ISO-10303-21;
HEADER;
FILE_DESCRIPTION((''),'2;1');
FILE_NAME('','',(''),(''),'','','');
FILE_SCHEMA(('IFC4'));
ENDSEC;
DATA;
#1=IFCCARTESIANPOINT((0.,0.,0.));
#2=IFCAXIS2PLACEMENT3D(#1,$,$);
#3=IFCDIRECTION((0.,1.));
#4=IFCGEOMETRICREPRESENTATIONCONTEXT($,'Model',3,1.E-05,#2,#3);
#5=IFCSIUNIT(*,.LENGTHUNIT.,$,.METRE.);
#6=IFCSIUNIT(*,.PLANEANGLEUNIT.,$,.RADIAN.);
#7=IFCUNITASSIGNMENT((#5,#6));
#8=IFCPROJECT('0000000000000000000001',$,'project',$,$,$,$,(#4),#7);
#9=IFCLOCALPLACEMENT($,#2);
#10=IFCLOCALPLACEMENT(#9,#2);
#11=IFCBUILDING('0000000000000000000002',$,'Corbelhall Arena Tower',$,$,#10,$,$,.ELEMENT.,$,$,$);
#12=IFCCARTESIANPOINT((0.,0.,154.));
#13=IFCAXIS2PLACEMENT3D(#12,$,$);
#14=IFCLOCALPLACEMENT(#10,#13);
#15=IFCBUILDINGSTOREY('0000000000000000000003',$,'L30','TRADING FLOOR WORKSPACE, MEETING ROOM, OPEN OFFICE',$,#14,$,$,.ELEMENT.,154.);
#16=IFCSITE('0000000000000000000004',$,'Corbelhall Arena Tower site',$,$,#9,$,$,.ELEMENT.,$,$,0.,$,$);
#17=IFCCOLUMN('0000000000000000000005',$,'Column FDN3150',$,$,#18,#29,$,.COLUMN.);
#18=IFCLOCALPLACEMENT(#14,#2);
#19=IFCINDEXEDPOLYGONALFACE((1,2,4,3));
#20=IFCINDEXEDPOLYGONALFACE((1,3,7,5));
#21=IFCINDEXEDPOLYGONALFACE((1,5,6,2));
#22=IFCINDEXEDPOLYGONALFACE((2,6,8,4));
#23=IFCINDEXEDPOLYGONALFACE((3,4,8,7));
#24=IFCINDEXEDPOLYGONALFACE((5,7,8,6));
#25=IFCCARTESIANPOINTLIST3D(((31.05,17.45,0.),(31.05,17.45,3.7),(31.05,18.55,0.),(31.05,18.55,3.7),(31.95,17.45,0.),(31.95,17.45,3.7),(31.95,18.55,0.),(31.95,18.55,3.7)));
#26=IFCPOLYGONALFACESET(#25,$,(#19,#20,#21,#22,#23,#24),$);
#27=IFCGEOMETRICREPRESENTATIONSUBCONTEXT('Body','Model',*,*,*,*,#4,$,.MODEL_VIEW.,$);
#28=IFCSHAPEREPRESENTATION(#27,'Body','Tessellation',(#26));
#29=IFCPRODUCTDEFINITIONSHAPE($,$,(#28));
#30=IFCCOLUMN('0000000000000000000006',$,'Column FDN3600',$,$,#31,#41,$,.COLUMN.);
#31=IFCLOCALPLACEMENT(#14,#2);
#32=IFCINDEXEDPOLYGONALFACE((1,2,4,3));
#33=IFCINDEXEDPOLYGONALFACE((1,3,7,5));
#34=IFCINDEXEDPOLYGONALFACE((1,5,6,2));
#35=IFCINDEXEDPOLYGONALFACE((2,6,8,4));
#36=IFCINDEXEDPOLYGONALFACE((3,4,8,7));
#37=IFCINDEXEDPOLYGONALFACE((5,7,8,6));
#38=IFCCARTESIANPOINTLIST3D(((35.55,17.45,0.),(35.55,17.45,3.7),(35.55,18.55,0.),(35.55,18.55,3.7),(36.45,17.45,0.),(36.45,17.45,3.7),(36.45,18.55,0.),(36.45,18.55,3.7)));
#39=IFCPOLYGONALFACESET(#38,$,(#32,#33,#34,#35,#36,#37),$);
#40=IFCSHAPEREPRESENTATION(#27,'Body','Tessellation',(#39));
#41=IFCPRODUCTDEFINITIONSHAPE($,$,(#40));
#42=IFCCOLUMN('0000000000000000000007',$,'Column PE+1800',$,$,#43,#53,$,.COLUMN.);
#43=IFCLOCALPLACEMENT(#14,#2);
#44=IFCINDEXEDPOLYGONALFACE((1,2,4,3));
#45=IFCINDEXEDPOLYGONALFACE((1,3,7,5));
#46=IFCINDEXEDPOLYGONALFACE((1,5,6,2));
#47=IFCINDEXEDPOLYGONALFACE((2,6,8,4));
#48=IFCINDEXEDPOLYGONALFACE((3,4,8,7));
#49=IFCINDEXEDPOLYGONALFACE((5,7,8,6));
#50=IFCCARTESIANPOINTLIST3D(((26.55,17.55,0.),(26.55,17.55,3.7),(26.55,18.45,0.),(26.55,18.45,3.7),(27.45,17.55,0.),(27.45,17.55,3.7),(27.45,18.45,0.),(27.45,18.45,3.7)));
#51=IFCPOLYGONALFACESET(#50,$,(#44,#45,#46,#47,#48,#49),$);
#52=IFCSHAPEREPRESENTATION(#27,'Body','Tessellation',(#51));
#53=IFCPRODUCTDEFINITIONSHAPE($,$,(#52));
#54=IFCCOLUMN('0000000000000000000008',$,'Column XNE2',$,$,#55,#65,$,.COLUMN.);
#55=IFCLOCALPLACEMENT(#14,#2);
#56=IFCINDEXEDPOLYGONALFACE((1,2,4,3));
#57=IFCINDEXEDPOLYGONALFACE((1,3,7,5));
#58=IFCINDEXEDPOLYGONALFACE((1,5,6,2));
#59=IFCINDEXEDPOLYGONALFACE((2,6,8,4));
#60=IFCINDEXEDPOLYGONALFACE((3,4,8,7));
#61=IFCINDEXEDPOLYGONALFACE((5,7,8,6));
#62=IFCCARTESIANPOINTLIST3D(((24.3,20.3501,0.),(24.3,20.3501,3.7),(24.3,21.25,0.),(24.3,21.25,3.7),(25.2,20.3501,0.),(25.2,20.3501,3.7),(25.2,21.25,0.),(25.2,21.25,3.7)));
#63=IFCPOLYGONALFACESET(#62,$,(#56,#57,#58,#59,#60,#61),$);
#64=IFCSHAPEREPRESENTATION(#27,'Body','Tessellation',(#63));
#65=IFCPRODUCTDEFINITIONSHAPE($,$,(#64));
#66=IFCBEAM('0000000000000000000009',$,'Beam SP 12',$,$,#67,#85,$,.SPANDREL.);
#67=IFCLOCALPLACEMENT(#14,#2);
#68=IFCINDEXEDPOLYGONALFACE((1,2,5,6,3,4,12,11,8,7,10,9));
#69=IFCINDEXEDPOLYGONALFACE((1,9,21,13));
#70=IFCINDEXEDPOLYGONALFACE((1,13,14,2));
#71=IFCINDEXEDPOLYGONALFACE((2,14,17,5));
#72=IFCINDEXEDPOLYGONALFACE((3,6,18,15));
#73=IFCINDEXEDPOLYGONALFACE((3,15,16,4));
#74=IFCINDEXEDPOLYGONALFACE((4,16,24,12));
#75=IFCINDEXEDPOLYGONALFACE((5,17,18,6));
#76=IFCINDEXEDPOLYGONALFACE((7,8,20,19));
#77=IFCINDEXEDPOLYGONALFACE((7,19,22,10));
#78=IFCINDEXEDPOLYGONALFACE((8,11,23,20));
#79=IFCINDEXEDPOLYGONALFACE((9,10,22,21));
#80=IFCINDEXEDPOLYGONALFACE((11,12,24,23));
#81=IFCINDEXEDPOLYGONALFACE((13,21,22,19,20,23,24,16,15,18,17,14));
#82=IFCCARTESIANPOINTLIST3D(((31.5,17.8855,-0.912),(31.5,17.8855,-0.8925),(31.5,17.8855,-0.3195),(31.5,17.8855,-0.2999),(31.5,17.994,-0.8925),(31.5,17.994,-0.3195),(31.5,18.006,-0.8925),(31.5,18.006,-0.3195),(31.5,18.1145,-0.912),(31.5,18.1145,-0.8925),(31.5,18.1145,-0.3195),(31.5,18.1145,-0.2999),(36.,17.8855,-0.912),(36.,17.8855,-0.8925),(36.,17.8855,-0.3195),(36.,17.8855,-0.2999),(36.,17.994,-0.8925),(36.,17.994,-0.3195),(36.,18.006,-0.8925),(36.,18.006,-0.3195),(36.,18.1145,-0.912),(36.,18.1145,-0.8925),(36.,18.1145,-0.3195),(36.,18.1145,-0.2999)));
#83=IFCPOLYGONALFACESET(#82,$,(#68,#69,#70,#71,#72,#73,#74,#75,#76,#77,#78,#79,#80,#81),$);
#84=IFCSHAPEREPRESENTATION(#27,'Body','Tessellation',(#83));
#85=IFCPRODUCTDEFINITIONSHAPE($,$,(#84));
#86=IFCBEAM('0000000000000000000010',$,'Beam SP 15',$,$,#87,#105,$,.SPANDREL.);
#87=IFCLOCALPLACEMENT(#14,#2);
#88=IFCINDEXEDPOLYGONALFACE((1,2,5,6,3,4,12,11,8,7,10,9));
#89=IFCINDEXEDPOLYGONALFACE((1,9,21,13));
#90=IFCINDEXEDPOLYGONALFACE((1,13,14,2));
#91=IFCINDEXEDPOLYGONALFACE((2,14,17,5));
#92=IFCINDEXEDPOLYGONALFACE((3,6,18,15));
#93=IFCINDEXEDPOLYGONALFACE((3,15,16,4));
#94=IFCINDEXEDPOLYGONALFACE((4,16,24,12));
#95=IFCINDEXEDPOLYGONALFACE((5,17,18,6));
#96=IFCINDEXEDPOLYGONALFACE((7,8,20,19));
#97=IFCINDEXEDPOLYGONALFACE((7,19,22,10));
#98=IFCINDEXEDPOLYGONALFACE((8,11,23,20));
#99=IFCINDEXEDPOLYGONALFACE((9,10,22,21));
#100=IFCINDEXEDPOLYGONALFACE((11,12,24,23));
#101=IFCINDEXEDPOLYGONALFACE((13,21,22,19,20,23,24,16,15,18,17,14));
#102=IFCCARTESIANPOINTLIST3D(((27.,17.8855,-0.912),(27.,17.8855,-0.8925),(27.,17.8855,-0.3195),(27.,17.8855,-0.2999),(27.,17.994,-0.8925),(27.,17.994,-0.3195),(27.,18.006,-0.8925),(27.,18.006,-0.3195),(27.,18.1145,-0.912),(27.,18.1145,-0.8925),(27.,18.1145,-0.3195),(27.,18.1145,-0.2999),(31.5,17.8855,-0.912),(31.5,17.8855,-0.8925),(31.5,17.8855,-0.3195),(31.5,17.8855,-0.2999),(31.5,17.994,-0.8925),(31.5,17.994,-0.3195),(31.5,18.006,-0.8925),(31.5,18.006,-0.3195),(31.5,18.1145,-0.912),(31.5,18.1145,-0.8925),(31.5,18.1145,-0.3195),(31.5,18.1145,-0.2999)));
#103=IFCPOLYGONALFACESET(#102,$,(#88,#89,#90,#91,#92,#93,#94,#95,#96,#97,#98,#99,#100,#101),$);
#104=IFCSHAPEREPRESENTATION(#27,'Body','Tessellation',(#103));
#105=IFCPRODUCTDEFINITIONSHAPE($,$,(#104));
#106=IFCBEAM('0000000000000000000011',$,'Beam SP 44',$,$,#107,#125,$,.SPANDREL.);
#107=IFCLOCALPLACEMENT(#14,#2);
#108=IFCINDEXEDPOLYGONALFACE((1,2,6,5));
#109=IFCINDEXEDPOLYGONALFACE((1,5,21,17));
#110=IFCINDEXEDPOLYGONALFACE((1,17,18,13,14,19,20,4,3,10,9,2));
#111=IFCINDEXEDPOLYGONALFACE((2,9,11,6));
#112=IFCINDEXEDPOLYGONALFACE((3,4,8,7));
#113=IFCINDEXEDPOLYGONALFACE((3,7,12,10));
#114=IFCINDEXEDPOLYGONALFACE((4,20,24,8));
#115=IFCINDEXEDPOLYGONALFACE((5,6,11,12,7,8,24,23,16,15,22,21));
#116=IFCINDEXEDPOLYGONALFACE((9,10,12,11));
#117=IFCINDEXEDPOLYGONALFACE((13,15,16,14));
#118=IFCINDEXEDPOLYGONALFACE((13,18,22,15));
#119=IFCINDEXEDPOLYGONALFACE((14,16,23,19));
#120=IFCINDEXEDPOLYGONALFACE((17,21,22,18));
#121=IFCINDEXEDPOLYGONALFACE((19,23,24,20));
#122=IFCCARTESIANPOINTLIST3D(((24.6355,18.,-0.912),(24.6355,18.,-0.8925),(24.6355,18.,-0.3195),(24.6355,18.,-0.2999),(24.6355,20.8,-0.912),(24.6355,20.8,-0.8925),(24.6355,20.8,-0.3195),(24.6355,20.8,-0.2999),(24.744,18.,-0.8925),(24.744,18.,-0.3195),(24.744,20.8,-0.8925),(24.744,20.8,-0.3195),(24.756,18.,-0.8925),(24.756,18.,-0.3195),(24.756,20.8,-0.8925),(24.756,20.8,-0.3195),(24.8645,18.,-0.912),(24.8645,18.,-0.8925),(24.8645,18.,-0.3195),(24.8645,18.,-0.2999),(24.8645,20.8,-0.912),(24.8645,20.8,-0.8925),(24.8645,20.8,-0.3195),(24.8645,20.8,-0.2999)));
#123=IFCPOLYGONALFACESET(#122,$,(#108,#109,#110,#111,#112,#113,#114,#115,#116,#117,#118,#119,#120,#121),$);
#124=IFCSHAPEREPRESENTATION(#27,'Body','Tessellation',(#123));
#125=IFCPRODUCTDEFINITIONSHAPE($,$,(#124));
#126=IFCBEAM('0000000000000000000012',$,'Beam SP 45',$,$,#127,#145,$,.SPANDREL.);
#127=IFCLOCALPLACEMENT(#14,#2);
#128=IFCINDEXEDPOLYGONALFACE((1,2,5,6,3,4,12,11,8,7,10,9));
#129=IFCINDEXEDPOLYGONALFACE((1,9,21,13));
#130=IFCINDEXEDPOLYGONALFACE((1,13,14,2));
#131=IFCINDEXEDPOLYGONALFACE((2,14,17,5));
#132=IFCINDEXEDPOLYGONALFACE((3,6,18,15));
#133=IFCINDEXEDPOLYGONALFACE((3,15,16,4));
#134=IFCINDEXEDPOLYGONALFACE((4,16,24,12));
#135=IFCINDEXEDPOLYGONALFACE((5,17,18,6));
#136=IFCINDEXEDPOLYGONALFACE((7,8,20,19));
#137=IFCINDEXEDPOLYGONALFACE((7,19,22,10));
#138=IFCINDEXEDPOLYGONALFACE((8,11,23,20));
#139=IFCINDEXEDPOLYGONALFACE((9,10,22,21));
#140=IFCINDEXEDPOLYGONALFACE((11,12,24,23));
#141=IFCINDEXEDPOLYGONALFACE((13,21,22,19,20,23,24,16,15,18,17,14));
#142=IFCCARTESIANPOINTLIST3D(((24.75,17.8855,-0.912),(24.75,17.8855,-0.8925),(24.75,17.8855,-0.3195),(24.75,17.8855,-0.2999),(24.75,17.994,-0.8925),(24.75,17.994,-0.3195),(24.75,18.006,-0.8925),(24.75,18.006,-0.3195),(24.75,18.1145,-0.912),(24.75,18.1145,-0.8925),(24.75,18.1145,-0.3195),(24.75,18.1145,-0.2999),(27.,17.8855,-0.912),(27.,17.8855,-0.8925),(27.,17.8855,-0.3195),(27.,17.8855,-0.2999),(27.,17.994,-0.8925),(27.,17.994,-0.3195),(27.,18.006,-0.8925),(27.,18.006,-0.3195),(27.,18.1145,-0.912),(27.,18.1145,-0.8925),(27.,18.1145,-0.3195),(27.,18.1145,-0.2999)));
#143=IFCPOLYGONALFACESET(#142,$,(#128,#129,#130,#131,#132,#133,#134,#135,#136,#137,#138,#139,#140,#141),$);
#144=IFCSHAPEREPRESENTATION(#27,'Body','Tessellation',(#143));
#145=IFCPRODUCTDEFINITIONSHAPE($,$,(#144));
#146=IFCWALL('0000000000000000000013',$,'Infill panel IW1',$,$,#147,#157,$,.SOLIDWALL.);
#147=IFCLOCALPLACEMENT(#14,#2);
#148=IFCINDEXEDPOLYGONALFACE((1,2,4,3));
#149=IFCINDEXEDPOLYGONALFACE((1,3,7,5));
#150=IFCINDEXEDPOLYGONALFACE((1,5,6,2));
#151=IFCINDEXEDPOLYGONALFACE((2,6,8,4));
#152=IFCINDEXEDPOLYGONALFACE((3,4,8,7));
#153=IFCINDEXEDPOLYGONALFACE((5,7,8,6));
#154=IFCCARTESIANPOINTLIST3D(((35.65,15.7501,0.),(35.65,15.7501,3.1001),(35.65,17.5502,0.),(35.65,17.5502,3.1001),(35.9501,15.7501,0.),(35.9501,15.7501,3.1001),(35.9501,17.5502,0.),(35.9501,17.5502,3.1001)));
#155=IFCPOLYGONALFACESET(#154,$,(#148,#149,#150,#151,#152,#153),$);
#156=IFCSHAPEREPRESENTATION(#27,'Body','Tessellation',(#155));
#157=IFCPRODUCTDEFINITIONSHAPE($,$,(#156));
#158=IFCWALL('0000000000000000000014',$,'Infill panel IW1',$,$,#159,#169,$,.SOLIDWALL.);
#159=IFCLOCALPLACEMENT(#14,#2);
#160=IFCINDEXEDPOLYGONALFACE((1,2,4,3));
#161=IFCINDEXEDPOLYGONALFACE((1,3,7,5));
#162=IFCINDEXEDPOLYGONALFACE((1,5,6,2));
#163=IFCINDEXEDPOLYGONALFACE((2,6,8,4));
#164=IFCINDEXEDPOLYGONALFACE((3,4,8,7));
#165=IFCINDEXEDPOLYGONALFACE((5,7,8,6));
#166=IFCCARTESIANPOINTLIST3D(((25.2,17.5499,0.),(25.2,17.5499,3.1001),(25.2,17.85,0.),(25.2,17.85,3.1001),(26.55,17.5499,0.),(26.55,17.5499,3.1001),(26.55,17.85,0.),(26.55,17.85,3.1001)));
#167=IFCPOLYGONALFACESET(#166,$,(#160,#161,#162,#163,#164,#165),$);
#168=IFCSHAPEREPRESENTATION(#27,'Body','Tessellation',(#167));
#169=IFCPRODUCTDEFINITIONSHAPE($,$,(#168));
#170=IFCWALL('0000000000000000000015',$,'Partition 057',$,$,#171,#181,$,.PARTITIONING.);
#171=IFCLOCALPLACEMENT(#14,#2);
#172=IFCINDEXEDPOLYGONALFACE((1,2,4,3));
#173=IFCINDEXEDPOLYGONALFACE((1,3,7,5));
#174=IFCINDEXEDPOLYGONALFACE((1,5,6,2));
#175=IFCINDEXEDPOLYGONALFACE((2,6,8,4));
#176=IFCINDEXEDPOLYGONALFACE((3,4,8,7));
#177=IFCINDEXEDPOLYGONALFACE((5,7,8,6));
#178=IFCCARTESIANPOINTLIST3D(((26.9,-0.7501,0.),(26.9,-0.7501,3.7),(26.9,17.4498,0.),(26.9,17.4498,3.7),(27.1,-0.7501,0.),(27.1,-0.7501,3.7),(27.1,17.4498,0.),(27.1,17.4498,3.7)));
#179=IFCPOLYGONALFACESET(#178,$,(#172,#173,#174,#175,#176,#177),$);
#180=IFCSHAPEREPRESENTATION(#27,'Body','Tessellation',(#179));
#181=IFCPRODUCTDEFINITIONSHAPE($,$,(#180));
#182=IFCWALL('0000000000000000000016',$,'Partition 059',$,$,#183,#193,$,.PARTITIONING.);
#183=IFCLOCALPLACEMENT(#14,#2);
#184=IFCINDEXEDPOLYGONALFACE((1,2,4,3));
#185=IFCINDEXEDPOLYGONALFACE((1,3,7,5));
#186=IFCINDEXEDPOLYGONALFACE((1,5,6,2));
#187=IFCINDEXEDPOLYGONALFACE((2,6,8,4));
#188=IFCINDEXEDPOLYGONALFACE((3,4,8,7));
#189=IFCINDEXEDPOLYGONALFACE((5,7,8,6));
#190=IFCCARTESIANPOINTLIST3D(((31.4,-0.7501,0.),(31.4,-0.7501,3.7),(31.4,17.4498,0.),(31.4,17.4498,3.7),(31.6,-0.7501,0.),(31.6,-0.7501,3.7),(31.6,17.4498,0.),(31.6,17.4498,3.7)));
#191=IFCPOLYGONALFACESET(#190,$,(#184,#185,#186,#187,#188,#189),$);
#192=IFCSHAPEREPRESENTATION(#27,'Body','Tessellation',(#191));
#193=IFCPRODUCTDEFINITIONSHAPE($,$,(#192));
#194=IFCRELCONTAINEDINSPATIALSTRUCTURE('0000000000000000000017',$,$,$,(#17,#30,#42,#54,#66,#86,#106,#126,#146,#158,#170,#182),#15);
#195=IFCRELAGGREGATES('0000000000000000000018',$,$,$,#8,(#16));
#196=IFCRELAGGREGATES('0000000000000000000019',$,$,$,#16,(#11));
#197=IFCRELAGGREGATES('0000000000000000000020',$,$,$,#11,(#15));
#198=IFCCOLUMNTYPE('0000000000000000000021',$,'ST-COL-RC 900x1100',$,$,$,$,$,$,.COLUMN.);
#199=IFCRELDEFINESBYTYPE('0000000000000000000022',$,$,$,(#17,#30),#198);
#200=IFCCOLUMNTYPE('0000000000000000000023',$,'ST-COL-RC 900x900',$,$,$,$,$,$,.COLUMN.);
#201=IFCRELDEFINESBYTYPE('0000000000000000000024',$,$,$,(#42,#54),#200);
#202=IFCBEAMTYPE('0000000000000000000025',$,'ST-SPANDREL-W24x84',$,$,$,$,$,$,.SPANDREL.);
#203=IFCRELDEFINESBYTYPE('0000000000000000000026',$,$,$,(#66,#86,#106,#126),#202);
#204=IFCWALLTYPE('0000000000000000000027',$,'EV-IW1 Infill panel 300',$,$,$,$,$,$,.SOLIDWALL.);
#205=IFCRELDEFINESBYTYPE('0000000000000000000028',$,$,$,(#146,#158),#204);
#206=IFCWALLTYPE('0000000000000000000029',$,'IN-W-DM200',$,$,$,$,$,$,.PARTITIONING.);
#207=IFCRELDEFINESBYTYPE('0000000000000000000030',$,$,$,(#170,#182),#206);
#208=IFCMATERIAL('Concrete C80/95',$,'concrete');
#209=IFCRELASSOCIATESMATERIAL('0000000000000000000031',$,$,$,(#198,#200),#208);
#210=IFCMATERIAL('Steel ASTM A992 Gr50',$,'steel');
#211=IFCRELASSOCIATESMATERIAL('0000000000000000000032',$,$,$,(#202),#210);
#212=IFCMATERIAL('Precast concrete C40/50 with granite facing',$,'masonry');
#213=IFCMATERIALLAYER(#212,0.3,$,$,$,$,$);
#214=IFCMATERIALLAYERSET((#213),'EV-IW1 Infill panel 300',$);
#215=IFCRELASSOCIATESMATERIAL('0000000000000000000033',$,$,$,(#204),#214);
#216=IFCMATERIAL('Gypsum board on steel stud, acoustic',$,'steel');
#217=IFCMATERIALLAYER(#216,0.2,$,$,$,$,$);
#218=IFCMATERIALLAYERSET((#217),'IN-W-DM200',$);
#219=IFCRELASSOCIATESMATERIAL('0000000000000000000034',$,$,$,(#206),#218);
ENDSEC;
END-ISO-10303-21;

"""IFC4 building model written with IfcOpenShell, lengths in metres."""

from ifc_helpers import new_model, si_unit, direction, frame, frame_2d, origin, origin_2d, place, context, subcontext, project, spatial, rectangle, i_section, extrude, material, layer, layer_set, material_profile, profile_set, type_object, element, save


model = new_model("IFC4")

# Units and contexts
model_context = context("Model", 3, precision=1e-05, world=origin(), true_north=direction((0.0, 1.0)))
body_context = subcontext(model_context, "Body", "Model", "MODEL_VIEW")
ifc_project = project(units=[si_unit("LENGTHUNIT", "METRE"), si_unit("PLANEANGLEUNIT", "RADIAN")], contexts=[model_context])

# Site, building, storey
site_placement = place(None, origin())
site = spatial("IfcSite", under=ifc_project, at=site_placement, Name="Corbelhall Arena Tower site", CompositionType="ELEMENT", RefElevation=0.0)
building_placement = place(site_placement, origin())
building = spatial("IfcBuilding", under=site, at=building_placement, Name="Corbelhall Arena Tower", CompositionType="ELEMENT")
storey_placement = place(building_placement, frame((0.0, 0.0, 154.0)))
storey = spatial("IfcBuildingStorey", under=building, at=storey_placement, Name="L30", Description="TRADING FLOOR WORKSPACE, MEETING ROOM, OPEN OFFICE", CompositionType="ELEMENT", Elevation=154.0)

# Columns
ifc_material_1 = material(Name="Concrete C80/95", Category="concrete")
ifc_material_profile_1 = material_profile(ifc_material_1, rectangle(XDim=0.8999, YDim=1.1001, at=origin_2d()))
ifc_profile_set_1 = profile_set([ifc_material_profile_1], Name="Concrete C80/95")
column_type_1 = type_object("IfcColumnType", Name="ST-COL-RC 900x1100", PredefinedType="COLUMN", material=ifc_profile_set_1)
for number, where, z_axis, x_axis, name in (
    (1, (31.5, 18.0, 0.0), (0.0, 0.0, 1.0), (1.0, 0.0, 0.0), "Column FDN3150"),
    (2, (36.0, 18.0, 0.0), (0.0, 0.0, 1.0), (1.0, 0.0, 0.0), "Column FDN3600"),
):
    element("IfcColumn", number, at=place(storey_placement, frame(where, z_axis=z_axis, x_axis=x_axis)), inside=storey, type_object=column_type_1, Name=name, PredefinedType="COLUMN", context=body_context, shape_type="SweptSolid", body=[
        extrude(rectangle(XDim=0.8999, YDim=1.1001, at=origin_2d()), origin(), (0.0, 0.0, 1.0), 3.7),
    ])
ifc_material_profile_2 = material_profile(ifc_material_1, rectangle(XDim=0.8999, YDim=0.8999, at=origin_2d()))
ifc_profile_set_2 = profile_set([ifc_material_profile_2], Name="Concrete C80/95")
column_type_2 = type_object("IfcColumnType", Name="ST-COL-RC 900x900", PredefinedType="COLUMN", material=ifc_profile_set_2)
for number, where, z_axis, x_axis, name in (
    (3, (27.0, 18.0, 0.0), (0.0, 0.0, 1.0), (1.0, 0.0, 0.0), "Column PE+1800"),
    (4, (24.75, 20.8, 0.0), (0.0, 0.0, 1.0), (1.0, 0.0, 0.0), "Column XNE2"),
):
    element("IfcColumn", number, at=place(storey_placement, frame(where, z_axis=z_axis, x_axis=x_axis)), inside=storey, type_object=column_type_2, Name=name, PredefinedType="COLUMN", context=body_context, shape_type="SweptSolid", body=[
        extrude(rectangle(XDim=0.8999, YDim=0.8999, at=origin_2d()), origin(), (0.0, 0.0, 1.0), 3.7),
    ])

# Beams
ifc_material_2 = material(Name="Steel ASTM A992 Gr50", Category="steel")
ifc_material_profile_3 = material_profile(ifc_material_2, i_section(OverallWidth=0.229, OverallDepth=0.6121, WebThickness=0.012, FlangeThickness=0.0195, at=origin_2d()))
ifc_profile_set_3 = profile_set([ifc_material_profile_3], Name="Steel ASTM A992 Gr50")
beam_type = type_object("IfcBeamType", Name="ST-SPANDREL-W24x84", PredefinedType="SPANDREL", material=ifc_profile_set_3)
for number, where, z_axis, x_axis, name in (
    (5, (31.5, 18.0, -0.606), (1.0, 0.0, 0.0), (0.0, 1.0, 0.0), "Beam SP 12"),
    (6, (27.0, 18.0, -0.606), (1.0, 0.0, 0.0), (0.0, 1.0, 0.0), "Beam SP 15"),
):
    element("IfcBeam", number, at=place(storey_placement, frame(where, z_axis=z_axis, x_axis=x_axis)), inside=storey, type_object=beam_type, Name=name, PredefinedType="SPANDREL", context=body_context, shape_type="SweptSolid", body=[
        extrude(i_section(OverallWidth=0.229, OverallDepth=0.6121, WebThickness=0.012, FlangeThickness=0.0195, at=origin_2d()), origin(), (0.0, 0.0, 1.0), 4.5),
    ])
beam_1_placement = place(storey_placement, frame((24.75, 20.8, -0.606), z_axis=(0.0, -1.0, 0.0), x_axis=(1.0, 0.0, 0.0)))
element("IfcBeam", 7, at=beam_1_placement, inside=storey, type_object=beam_type, Name="Beam SP 44", PredefinedType="SPANDREL", context=body_context, shape_type="SweptSolid", body=[
    extrude(i_section(OverallWidth=0.229, OverallDepth=0.6121, WebThickness=0.012, FlangeThickness=0.0195, at=origin_2d()), origin(), (0.0, 0.0, 1.0), 2.8),
])
beam_2_placement = place(storey_placement, frame((24.75, 18.0, -0.606), z_axis=(1.0, 0.0, 0.0), x_axis=(0.0, 1.0, 0.0)))
element("IfcBeam", 8, at=beam_2_placement, inside=storey, type_object=beam_type, Name="Beam SP 45", PredefinedType="SPANDREL", context=body_context, shape_type="SweptSolid", body=[
    extrude(i_section(OverallWidth=0.229, OverallDepth=0.6121, WebThickness=0.012, FlangeThickness=0.0195, at=origin_2d()), origin(), (0.0, 0.0, 1.0), 2.25),
])

# Wall
ifc_material_3 = material(Name="Precast concrete C40/50 with granite facing", Category="masonry")
ifc_layer_1 = layer(ifc_material_3, 0.3)
ifc_layer_set_1 = layer_set([ifc_layer_1], Name="EV-IW1 Infill panel 300")
wall_type_1 = type_object("IfcWallType", Name="EV-IW1 Infill panel 300", PredefinedType="SOLIDWALL", material=ifc_layer_set_1)
wall_1_placement = place(storey_placement, frame((35.8, 17.55, 0.0), z_axis=(0.0, 0.0, 1.0), x_axis=(0.0, -1.0, 0.0)))
element("IfcWall", 9, at=wall_1_placement, inside=storey, type_object=wall_type_1, Name="Infill panel IW1", PredefinedType="SOLIDWALL", context=body_context, shape_type="SweptSolid", body=[
    extrude(rectangle(XDim=1.8, YDim=0.3, at=frame_2d((0.8999, 0.0))), origin(), (0.0, 0.0, 1.0), 3.1001),
])

# Walls
wall_2_placement = place(storey_placement, frame((26.55, 17.7, 0.0), z_axis=(0.0, 0.0, 1.0), x_axis=(-1.0, 0.0, 0.0)))
element("IfcWall", 10, at=wall_2_placement, inside=storey, type_object=wall_type_1, Name="Infill panel IW1", PredefinedType="SOLIDWALL", context=body_context, shape_type="SweptSolid", body=[
    extrude(rectangle(XDim=1.3501, YDim=0.3, at=frame_2d((0.675, 0.0))), origin(), (0.0, 0.0, 1.0), 3.1001),
])
ifc_material_4 = material(Name="Gypsum board on steel stud, acoustic", Category="steel")
ifc_layer_2 = layer(ifc_material_4, 0.2)
ifc_layer_set_2 = layer_set([ifc_layer_2], Name="IN-W-DM200")
wall_type_2 = type_object("IfcWallType", Name="IN-W-DM200", PredefinedType="PARTITIONING", material=ifc_layer_set_2)
for number, where, z_axis, x_axis, name in (
    (11, (27.0, 17.45, 0.0), (0.0, 0.0, 1.0), (0.0, -1.0, 0.0), "Partition 057"),
    (12, (31.5, 17.45, 0.0), (0.0, 0.0, 1.0), (0.0, -1.0, 0.0), "Partition 059"),
):
    element("IfcWall", number, at=place(storey_placement, frame(where, z_axis=z_axis, x_axis=x_axis)), inside=storey, type_object=wall_type_2, Name=name, PredefinedType="PARTITIONING", context=body_context, shape_type="SweptSolid", body=[
        extrude(rectangle(XDim=18.2, YDim=0.2, at=frame_2d((9.1001, 0.0))), origin(), (0.0, 0.0, 1.0), 3.7),
    ])

save(model, "model.ifc")
